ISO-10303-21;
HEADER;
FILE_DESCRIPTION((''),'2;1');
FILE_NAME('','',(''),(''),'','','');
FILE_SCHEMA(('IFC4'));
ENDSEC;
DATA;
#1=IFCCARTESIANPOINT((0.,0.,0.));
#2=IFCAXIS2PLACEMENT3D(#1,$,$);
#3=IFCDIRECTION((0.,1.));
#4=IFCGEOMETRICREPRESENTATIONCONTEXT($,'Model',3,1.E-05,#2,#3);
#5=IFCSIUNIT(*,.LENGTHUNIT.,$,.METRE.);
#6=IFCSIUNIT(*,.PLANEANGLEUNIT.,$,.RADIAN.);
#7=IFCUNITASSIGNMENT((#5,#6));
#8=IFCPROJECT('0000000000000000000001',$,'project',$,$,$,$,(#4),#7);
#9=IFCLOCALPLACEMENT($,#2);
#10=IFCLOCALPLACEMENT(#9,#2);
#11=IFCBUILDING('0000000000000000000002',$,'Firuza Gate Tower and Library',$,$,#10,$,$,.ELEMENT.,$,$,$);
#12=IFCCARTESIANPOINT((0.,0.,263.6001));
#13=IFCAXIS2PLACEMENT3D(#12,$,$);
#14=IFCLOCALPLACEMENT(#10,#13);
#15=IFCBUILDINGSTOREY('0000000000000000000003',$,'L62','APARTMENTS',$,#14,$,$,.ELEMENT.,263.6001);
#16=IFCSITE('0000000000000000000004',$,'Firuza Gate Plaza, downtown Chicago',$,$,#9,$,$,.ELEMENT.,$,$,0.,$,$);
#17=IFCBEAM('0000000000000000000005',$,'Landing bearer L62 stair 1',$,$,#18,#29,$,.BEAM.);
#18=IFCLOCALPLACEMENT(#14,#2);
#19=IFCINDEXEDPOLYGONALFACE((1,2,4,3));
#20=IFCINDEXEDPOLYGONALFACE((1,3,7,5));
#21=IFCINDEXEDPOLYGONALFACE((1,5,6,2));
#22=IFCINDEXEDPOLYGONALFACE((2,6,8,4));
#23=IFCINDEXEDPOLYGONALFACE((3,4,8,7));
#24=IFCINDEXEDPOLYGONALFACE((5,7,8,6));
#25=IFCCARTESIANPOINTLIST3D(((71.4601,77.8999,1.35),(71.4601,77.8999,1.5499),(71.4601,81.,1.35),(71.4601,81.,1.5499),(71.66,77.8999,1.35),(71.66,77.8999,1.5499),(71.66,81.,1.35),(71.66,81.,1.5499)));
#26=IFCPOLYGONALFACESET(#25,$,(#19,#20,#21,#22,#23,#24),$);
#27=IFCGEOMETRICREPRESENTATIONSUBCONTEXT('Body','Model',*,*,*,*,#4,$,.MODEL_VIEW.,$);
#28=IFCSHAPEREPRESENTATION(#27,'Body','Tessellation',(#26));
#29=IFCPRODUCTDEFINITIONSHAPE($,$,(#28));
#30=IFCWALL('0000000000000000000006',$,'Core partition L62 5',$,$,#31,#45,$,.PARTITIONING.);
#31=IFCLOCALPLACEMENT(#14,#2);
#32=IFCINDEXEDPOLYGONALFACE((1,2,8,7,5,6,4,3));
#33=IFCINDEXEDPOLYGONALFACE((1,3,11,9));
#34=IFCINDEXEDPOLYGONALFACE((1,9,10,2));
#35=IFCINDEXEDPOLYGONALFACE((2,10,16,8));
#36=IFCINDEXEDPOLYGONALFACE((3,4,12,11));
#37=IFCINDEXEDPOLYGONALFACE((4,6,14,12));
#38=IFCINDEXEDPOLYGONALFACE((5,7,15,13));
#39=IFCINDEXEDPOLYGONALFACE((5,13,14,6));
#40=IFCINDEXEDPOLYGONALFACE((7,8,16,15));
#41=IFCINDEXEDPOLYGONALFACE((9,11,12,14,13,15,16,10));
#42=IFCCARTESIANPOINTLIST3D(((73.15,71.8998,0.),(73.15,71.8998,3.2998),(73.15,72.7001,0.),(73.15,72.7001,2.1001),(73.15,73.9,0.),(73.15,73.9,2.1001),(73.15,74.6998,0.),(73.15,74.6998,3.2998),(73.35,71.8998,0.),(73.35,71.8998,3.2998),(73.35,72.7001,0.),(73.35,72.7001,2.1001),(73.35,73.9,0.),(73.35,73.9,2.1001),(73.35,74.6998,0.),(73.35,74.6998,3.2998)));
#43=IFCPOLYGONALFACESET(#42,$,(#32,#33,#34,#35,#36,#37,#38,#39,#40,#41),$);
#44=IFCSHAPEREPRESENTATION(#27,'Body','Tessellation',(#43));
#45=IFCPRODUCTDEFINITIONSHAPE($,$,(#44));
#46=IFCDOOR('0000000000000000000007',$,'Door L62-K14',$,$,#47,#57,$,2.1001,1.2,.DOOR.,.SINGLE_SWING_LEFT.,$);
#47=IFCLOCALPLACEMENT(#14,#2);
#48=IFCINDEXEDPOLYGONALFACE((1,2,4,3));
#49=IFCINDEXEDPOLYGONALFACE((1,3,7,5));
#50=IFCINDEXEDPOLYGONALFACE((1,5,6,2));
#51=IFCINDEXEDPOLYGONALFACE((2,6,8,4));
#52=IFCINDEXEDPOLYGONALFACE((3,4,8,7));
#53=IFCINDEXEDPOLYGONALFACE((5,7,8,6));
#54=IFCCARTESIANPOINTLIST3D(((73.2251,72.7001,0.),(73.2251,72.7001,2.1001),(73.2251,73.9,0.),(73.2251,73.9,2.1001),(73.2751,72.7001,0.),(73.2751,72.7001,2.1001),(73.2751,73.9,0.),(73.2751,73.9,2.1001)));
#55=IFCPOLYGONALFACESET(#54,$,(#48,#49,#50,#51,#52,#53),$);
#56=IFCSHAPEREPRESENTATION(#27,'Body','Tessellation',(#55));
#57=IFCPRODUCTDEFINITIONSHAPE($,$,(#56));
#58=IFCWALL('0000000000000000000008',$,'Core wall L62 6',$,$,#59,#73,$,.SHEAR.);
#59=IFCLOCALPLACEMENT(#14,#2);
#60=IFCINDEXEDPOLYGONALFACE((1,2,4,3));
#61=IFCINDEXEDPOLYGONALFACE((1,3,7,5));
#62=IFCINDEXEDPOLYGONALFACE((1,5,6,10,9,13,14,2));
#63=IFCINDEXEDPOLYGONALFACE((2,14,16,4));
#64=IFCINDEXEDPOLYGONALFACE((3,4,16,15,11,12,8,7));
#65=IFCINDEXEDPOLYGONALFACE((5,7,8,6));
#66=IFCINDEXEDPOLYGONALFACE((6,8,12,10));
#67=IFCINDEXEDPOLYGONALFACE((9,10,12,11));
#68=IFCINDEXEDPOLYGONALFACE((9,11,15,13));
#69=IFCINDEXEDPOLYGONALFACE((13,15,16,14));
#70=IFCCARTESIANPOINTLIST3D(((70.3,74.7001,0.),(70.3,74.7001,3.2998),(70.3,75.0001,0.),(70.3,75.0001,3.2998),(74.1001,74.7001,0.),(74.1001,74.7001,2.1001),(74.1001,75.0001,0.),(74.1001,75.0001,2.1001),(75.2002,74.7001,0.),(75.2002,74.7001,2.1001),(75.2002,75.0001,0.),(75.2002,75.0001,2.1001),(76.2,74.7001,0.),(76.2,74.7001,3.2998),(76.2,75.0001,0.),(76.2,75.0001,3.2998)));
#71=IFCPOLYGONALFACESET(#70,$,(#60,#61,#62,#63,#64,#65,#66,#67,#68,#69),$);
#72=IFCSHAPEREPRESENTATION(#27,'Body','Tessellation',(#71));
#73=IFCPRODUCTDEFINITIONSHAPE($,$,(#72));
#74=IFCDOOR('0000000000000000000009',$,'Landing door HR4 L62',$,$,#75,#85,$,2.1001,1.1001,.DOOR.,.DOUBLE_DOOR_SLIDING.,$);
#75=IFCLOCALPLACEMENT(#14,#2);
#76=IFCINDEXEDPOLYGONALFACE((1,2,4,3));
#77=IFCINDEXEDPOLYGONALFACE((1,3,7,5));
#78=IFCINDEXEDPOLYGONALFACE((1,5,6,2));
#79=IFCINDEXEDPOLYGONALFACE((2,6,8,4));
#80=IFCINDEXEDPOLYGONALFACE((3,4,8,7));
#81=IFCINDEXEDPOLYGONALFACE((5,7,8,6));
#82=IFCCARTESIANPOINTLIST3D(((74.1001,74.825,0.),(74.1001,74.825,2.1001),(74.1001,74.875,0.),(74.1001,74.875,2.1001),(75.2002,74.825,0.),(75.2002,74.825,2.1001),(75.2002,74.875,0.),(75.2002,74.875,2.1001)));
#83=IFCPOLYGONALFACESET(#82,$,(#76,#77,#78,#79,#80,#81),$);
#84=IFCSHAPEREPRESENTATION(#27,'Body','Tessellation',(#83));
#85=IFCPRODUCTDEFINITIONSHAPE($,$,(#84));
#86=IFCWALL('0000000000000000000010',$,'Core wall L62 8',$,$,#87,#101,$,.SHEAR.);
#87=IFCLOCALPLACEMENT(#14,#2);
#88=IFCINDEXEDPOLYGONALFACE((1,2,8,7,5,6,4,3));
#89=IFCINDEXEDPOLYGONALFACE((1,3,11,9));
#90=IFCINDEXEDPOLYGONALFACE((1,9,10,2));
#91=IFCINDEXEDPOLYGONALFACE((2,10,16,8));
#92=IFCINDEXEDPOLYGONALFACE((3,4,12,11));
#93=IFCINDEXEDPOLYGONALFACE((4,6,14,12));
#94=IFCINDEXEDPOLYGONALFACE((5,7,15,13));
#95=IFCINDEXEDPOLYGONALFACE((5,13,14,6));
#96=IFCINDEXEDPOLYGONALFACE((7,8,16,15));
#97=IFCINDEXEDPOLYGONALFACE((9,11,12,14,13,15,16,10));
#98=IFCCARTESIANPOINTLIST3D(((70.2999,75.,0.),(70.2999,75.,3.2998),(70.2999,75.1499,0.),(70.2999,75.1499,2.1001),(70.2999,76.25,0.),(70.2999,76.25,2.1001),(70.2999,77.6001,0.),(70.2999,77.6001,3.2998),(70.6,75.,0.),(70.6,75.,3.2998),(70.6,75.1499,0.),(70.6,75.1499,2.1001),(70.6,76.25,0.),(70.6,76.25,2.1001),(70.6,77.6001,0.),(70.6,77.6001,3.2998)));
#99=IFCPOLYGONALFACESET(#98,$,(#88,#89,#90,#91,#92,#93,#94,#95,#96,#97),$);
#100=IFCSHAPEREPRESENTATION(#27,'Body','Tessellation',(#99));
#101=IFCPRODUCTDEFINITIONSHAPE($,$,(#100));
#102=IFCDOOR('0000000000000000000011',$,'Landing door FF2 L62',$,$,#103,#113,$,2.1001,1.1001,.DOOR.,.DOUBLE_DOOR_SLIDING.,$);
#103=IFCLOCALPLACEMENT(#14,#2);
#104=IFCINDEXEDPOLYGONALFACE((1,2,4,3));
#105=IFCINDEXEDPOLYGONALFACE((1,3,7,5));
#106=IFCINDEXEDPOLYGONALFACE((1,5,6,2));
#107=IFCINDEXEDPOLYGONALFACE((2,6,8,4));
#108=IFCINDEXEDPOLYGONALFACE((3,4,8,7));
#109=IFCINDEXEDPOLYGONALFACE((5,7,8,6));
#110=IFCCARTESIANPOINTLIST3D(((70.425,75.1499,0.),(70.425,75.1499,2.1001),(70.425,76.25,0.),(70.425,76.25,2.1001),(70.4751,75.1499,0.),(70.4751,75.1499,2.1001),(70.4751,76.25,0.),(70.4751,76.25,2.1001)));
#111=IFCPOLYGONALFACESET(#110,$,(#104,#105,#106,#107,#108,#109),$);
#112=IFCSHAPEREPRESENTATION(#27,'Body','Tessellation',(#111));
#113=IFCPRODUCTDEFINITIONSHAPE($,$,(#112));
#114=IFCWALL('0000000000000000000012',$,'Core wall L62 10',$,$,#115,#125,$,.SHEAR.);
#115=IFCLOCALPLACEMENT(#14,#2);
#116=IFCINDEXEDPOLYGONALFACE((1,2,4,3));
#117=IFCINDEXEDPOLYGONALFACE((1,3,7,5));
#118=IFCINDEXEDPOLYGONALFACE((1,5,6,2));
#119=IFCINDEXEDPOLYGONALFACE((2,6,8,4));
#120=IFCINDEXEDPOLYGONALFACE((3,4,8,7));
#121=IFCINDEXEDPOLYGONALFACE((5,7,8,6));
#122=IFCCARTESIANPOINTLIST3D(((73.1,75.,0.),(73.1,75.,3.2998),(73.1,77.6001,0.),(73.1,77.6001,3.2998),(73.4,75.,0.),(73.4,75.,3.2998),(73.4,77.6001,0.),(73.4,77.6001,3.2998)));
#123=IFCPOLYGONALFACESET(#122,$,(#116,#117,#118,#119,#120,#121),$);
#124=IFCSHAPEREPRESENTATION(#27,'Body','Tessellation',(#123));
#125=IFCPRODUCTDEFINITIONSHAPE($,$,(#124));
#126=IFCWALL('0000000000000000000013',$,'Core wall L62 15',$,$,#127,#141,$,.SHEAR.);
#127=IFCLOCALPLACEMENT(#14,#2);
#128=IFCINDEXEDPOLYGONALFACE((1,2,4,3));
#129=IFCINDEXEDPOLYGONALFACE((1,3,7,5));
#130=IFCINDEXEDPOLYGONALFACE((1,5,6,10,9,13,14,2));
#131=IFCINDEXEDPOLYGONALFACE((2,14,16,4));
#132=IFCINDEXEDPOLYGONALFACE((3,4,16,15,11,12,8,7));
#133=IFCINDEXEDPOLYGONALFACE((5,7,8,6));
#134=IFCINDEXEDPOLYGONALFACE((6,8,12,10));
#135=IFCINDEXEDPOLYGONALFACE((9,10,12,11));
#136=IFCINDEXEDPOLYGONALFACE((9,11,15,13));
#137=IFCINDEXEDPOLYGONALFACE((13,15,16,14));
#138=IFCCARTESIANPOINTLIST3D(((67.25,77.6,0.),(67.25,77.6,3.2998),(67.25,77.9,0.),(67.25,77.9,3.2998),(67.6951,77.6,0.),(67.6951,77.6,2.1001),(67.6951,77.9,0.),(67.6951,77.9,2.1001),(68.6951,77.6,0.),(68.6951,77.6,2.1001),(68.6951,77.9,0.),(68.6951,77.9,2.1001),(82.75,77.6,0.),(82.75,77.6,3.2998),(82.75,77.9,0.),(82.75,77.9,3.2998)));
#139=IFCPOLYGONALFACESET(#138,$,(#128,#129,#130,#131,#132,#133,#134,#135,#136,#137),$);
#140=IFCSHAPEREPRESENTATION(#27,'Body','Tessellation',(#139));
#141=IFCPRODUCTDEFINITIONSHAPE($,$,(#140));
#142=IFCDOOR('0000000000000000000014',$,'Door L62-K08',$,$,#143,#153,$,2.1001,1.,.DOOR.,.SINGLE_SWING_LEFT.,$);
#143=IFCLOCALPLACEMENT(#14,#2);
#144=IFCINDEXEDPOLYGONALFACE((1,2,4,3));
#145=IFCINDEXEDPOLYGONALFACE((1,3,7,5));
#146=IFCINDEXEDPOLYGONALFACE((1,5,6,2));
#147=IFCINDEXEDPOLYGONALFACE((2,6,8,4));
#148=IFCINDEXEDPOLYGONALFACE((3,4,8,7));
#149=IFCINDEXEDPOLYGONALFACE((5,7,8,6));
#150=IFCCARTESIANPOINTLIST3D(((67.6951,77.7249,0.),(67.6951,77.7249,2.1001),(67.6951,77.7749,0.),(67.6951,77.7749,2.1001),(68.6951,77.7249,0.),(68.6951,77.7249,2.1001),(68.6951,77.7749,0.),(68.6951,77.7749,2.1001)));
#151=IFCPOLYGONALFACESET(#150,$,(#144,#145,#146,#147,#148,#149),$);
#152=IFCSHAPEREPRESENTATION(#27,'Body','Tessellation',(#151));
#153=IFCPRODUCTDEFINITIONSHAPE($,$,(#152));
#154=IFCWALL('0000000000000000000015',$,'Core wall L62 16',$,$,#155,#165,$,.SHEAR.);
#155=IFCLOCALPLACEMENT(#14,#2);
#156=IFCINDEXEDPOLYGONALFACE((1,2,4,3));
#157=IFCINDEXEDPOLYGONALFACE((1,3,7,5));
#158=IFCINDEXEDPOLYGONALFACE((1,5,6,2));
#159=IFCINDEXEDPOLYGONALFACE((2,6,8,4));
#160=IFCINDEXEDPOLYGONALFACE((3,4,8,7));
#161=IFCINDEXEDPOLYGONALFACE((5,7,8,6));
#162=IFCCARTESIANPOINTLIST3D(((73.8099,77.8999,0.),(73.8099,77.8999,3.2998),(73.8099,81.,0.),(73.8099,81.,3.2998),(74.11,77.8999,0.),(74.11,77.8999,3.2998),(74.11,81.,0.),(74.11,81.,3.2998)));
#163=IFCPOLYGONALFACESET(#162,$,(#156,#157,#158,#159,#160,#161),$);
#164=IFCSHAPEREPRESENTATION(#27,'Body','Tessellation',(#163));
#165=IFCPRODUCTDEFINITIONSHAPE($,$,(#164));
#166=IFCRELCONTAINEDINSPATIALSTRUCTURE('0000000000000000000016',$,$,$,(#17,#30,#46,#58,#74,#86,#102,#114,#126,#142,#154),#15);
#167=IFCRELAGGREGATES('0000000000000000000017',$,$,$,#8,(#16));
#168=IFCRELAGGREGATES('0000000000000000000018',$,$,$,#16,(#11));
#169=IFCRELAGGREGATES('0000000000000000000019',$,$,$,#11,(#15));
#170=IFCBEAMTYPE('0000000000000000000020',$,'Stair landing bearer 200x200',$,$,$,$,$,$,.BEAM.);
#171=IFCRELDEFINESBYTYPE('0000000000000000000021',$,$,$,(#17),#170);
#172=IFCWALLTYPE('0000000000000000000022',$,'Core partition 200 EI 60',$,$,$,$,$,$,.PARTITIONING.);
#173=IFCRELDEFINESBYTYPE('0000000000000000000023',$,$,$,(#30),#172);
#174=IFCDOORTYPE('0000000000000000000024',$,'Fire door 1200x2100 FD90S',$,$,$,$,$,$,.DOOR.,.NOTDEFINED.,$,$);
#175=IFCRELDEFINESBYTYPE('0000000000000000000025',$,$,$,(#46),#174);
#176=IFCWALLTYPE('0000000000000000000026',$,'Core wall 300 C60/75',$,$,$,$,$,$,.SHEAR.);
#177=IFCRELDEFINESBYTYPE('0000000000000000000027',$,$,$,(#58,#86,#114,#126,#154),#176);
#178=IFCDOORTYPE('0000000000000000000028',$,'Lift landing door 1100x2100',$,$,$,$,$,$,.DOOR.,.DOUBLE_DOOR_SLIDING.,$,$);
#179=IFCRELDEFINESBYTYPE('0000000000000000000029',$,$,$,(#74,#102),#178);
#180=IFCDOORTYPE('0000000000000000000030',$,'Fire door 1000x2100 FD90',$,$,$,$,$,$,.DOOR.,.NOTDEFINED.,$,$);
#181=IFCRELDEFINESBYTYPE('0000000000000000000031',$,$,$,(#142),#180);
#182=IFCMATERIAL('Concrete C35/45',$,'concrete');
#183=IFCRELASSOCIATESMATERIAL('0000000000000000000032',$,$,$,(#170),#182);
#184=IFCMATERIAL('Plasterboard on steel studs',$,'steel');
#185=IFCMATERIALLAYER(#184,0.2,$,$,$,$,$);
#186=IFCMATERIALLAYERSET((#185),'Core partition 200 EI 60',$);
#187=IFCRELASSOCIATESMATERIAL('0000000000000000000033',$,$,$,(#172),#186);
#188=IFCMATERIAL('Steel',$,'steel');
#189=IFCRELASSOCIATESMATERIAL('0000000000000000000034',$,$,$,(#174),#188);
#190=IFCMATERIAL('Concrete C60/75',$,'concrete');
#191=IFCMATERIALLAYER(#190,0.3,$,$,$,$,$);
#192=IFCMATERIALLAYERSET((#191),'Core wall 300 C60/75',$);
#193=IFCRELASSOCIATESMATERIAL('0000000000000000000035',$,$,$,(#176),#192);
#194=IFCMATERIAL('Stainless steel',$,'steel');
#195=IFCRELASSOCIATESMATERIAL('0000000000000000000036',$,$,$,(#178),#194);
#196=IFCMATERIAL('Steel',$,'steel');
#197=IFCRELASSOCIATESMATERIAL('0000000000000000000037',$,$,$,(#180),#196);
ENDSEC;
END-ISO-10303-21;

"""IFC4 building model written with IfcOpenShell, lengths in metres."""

from ifc_helpers import new_model, si_unit, direction, frame, frame_2d, origin, origin_2d, place, context, subcontext, project, spatial, rectangle, extrude, material, layer, layer_set, material_profile, profile_set, type_object, element, fill, save


model = new_model("IFC4")

# Units and contexts
model_context = context("Model", 3, precision=1e-05, world=origin(), true_north=direction((0.0, 1.0)))
body_context = subcontext(model_context, "Body", "Model", "MODEL_VIEW")
ifc_project = project(units=[si_unit("LENGTHUNIT", "METRE"), si_unit("PLANEANGLEUNIT", "RADIAN")], contexts=[model_context])

# Site, building, storey
site_placement = place(None, origin())
site = spatial("IfcSite", under=ifc_project, at=site_placement, Name="Firuza Gate Plaza, downtown Chicago", CompositionType="ELEMENT", RefElevation=0.0)
building_placement = place(site_placement, origin())
building = spatial("IfcBuilding", under=site, at=building_placement, Name="Firuza Gate Tower and Library", CompositionType="ELEMENT")
storey_placement = place(building_placement, frame((0.0, 0.0, 263.6001)))
storey = spatial("IfcBuildingStorey", under=building, at=storey_placement, Name="L62", Description="APARTMENTS", CompositionType="ELEMENT", Elevation=263.6001)

# Beam
ifc_material_1 = material(Name="Concrete C35/45", Category="concrete")
ifc_material_profile = material_profile(ifc_material_1, rectangle(XDim=0.2, YDim=0.2, at=origin_2d()))
ifc_profile_set = profile_set([ifc_material_profile], Name="Concrete C35/45")
beam_type = type_object("IfcBeamType", Name="Stair landing bearer 200x200", PredefinedType="BEAM", material=ifc_profile_set)
beam_placement = place(storey_placement, frame((71.5601, 77.8999, 1.45), z_axis=(0.0, 1.0, 0.0), x_axis=(-1.0, 0.0, 0.0)))
element("IfcBeam", 1, at=beam_placement, inside=storey, type_object=beam_type, Name="Landing bearer L62 stair 1", PredefinedType="BEAM", context=body_context, shape_type="SweptSolid", body=[
    extrude(rectangle(XDim=0.2, YDim=0.2, at=origin_2d()), origin(), (0.0, 0.0, 1.0), 3.1001),
])

# Walls, openings, doors
ifc_material_2 = material(Name="Plasterboard on steel studs", Category="steel")
ifc_layer_1 = layer(ifc_material_2, 0.2)
ifc_layer_set_1 = layer_set([ifc_layer_1], Name="Core partition 200 EI 60")
wall_type_1 = type_object("IfcWallType", Name="Core partition 200 EI 60", PredefinedType="PARTITIONING", material=ifc_layer_set_1)
wall_1_placement = place(storey_placement, frame((73.25, 71.8999, 0.0), z_axis=(0.0, 0.0, 1.0), x_axis=(0.0, 1.0, 0.0)))
wall_1 = element("IfcWall", 2, at=wall_1_placement, inside=storey, type_object=wall_type_1, Name="Core partition L62 5", PredefinedType="PARTITIONING", context=body_context, shape_type="SweptSolid", body=[
    extrude(rectangle(XDim=2.8, YDim=0.2, at=frame_2d((1.3999, 0.0))), origin(), (0.0, 0.0, 1.0), 3.2998),
])
opening_1_placement = place(wall_1_placement, frame((0.8, 0.0, 0.0)))
opening_1 = element("IfcOpeningElement", 3, at=opening_1_placement, cuts=wall_1, PredefinedType="OPENING", context=body_context, shape_type="SweptSolid", body=[
    extrude(rectangle(XDim=1.2, YDim=2.1001, at=frame_2d((0.6001, 1.05))), frame((0.0, 0.1099, 0.0), z_axis=(0.0, -1.0, 0.0), x_axis=(1.0, 0.0, 0.0)), (0.0, 0.0, 1.0), 0.22),
])
ifc_material_3 = material(Name="Steel", Category="steel")
door_type_1 = type_object("IfcDoorType", Name="Fire door 1200x2100 FD90S", OperationType="NOTDEFINED", PredefinedType="DOOR", material=ifc_material_3)
door_1_placement = place(opening_1_placement, origin())
door_1 = element("IfcDoor", 4, at=door_1_placement, inside=storey, type_object=door_type_1, Name="Door L62-K14", OperationType="SINGLE_SWING_LEFT", OverallHeight=2.1001, OverallWidth=1.2, PredefinedType="DOOR", context=body_context, shape_type="SweptSolid", body=[
    extrude(rectangle(XDim=1.2, YDim=2.1001, at=frame_2d((0.6001, 1.05))), frame((0.0, 0.0249, 0.0), z_axis=(0.0, -1.0, 0.0), x_axis=(1.0, 0.0, 0.0)), (0.0, 0.0, 1.0), 0.05),
])
fill(opening_1, door_1)
ifc_material_4 = material(Name="Concrete C60/75", Category="concrete")
ifc_layer_2 = layer(ifc_material_4, 0.3)
ifc_layer_set_2 = layer_set([ifc_layer_2], Name="Core wall 300 C60/75")
wall_type_2 = type_object("IfcWallType", Name="Core wall 300 C60/75", PredefinedType="SHEAR", material=ifc_layer_set_2)
wall_2_placement = place(storey_placement, frame((70.3, 74.8501, 0.0), z_axis=(0.0, 0.0, 1.0), x_axis=(1.0, 0.0, 0.0)))
wall_2 = element("IfcWall", 5, at=wall_2_placement, inside=storey, type_object=wall_type_2, Name="Core wall L62 6", PredefinedType="SHEAR", context=body_context, shape_type="SweptSolid", body=[
    extrude(rectangle(XDim=5.8999, YDim=0.3, at=frame_2d((2.95, 0.0))), origin(), (0.0, 0.0, 1.0), 3.2998),
])
opening_2_placement = place(wall_2_placement, frame((3.8, 0.0, 0.0)))
opening_2 = element("IfcOpeningElement", 6, at=opening_2_placement, cuts=wall_2, PredefinedType="OPENING", context=body_context, shape_type="SweptSolid", body=[
    extrude(rectangle(XDim=1.1001, YDim=2.1001, at=frame_2d((0.55, 1.05))), frame((0.0, 0.1602, 0.0), z_axis=(0.0, -1.0, 0.0), x_axis=(1.0, 0.0, 0.0)), (0.0, 0.0, 1.0), 0.3201),
])
ifc_material_5 = material(Name="Stainless steel", Category="steel")
door_type_2 = type_object("IfcDoorType", Name="Lift landing door 1100x2100", OperationType="DOUBLE_DOOR_SLIDING", PredefinedType="DOOR", material=ifc_material_5)
door_2_placement = place(opening_2_placement, origin())
door_2 = element("IfcDoor", 7, at=door_2_placement, inside=storey, type_object=door_type_2, Name="Landing door HR4 L62", OperationType="DOUBLE_DOOR_SLIDING", OverallHeight=2.1001, OverallWidth=1.1001, PredefinedType="DOOR", context=body_context, shape_type="SweptSolid", body=[
    extrude(rectangle(XDim=1.1001, YDim=2.1001, at=frame_2d((0.55, 1.05))), frame((0.0, 0.0249, 0.0), z_axis=(0.0, -1.0, 0.0), x_axis=(1.0, 0.0, 0.0)), (0.0, 0.0, 1.0), 0.05),
])
fill(opening_2, door_2)
wall_3_placement = place(storey_placement, frame((70.45, 75.0, 0.0), z_axis=(0.0, 0.0, 1.0), x_axis=(0.0, 1.0, 0.0)))
wall_3 = element("IfcWall", 8, at=wall_3_placement, inside=storey, type_object=wall_type_2, Name="Core wall L62 8", PredefinedType="SHEAR", context=body_context, shape_type="SweptSolid", body=[
    extrude(rectangle(XDim=2.6001, YDim=0.3, at=frame_2d((1.3, 0.0))), origin(), (0.0, 0.0, 1.0), 3.2998),
])
opening_3_placement = place(wall_3_placement, frame((0.1499, 0.0, 0.0)))
opening_3 = element("IfcOpeningElement", 9, at=opening_3_placement, cuts=wall_3, PredefinedType="OPENING", context=body_context, shape_type="SweptSolid", body=[
    extrude(rectangle(XDim=1.1001, YDim=2.1001, at=frame_2d((0.55, 1.05))), frame((0.0, 0.1602, 0.0), z_axis=(0.0, -1.0, 0.0), x_axis=(1.0, 0.0, 0.0)), (0.0, 0.0, 1.0), 0.3201),
])
door_3_placement = place(opening_3_placement, origin())
door_3 = element("IfcDoor", 10, at=door_3_placement, inside=storey, type_object=door_type_2, Name="Landing door FF2 L62", OperationType="DOUBLE_DOOR_SLIDING", OverallHeight=2.1001, OverallWidth=1.1001, PredefinedType="DOOR", context=body_context, shape_type="SweptSolid", body=[
    extrude(rectangle(XDim=1.1001, YDim=2.1001, at=frame_2d((0.55, 1.05))), frame((0.0, 0.0249, 0.0), z_axis=(0.0, -1.0, 0.0), x_axis=(1.0, 0.0, 0.0)), (0.0, 0.0, 1.0), 0.05),
])
fill(opening_3, door_3)

# Wall
wall_4_placement = place(storey_placement, frame((73.25, 75.0, 0.0), z_axis=(0.0, 0.0, 1.0), x_axis=(0.0, 1.0, 0.0)))
element("IfcWall", 11, at=wall_4_placement, inside=storey, type_object=wall_type_2, Name="Core wall L62 10", PredefinedType="SHEAR", context=body_context, shape_type="SweptSolid", body=[
    extrude(rectangle(XDim=2.6001, YDim=0.3, at=frame_2d((1.3, 0.0))), origin(), (0.0, 0.0, 1.0), 3.2998),
])

# Wall, opening, door
wall_5_placement = place(storey_placement, frame((67.25, 77.75, 0.0), z_axis=(0.0, 0.0, 1.0), x_axis=(1.0, 0.0, 0.0)))
wall_5 = element("IfcWall", 12, at=wall_5_placement, inside=storey, type_object=wall_type_2, Name="Core wall L62 15", PredefinedType="SHEAR", context=body_context, shape_type="SweptSolid", body=[
    extrude(rectangle(XDim=15.5, YDim=0.3, at=frame_2d((7.75, 0.0))), origin(), (0.0, 0.0, 1.0), 3.2998),
])
opening_4_placement = place(wall_5_placement, frame((0.4451, 0.0, 0.0)))
opening_4 = element("IfcOpeningElement", 13, at=opening_4_placement, cuts=wall_5, PredefinedType="OPENING", context=body_context, shape_type="SweptSolid", body=[
    extrude(rectangle(XDim=1.0, YDim=2.1001, at=frame_2d((0.5, 1.05))), frame((0.0, 0.1602, 0.0), z_axis=(0.0, -1.0, 0.0), x_axis=(1.0, 0.0, 0.0)), (0.0, 0.0, 1.0), 0.3201),
])
ifc_material_6 = material(Name="Steel", Category="steel")
door_type_3 = type_object("IfcDoorType", Name="Fire door 1000x2100 FD90", OperationType="NOTDEFINED", PredefinedType="DOOR", material=ifc_material_6)
door_4_placement = place(opening_4_placement, origin())
door_4 = element("IfcDoor", 14, at=door_4_placement, inside=storey, type_object=door_type_3, Name="Door L62-K08", OperationType="SINGLE_SWING_LEFT", OverallHeight=2.1001, OverallWidth=1.0, PredefinedType="DOOR", context=body_context, shape_type="SweptSolid", body=[
    extrude(rectangle(XDim=1.0, YDim=2.1001, at=frame_2d((0.5, 1.05))), frame((0.0, 0.0249, 0.0), z_axis=(0.0, -1.0, 0.0), x_axis=(1.0, 0.0, 0.0)), (0.0, 0.0, 1.0), 0.05),
])
fill(opening_4, door_4)

# Wall
wall_6_placement = place(storey_placement, frame((73.96, 77.8999, 0.0), z_axis=(0.0, 0.0, 1.0), x_axis=(0.0, 1.0, 0.0)))
element("IfcWall", 15, at=wall_6_placement, inside=storey, type_object=wall_type_2, Name="Core wall L62 16", PredefinedType="SHEAR", context=body_context, shape_type="SweptSolid", body=[
    extrude(rectangle(XDim=3.1001, YDim=0.3, at=frame_2d((1.55, 0.0))), origin(), (0.0, 0.0, 1.0), 3.2998),
])

save(model, "model.ifc")
